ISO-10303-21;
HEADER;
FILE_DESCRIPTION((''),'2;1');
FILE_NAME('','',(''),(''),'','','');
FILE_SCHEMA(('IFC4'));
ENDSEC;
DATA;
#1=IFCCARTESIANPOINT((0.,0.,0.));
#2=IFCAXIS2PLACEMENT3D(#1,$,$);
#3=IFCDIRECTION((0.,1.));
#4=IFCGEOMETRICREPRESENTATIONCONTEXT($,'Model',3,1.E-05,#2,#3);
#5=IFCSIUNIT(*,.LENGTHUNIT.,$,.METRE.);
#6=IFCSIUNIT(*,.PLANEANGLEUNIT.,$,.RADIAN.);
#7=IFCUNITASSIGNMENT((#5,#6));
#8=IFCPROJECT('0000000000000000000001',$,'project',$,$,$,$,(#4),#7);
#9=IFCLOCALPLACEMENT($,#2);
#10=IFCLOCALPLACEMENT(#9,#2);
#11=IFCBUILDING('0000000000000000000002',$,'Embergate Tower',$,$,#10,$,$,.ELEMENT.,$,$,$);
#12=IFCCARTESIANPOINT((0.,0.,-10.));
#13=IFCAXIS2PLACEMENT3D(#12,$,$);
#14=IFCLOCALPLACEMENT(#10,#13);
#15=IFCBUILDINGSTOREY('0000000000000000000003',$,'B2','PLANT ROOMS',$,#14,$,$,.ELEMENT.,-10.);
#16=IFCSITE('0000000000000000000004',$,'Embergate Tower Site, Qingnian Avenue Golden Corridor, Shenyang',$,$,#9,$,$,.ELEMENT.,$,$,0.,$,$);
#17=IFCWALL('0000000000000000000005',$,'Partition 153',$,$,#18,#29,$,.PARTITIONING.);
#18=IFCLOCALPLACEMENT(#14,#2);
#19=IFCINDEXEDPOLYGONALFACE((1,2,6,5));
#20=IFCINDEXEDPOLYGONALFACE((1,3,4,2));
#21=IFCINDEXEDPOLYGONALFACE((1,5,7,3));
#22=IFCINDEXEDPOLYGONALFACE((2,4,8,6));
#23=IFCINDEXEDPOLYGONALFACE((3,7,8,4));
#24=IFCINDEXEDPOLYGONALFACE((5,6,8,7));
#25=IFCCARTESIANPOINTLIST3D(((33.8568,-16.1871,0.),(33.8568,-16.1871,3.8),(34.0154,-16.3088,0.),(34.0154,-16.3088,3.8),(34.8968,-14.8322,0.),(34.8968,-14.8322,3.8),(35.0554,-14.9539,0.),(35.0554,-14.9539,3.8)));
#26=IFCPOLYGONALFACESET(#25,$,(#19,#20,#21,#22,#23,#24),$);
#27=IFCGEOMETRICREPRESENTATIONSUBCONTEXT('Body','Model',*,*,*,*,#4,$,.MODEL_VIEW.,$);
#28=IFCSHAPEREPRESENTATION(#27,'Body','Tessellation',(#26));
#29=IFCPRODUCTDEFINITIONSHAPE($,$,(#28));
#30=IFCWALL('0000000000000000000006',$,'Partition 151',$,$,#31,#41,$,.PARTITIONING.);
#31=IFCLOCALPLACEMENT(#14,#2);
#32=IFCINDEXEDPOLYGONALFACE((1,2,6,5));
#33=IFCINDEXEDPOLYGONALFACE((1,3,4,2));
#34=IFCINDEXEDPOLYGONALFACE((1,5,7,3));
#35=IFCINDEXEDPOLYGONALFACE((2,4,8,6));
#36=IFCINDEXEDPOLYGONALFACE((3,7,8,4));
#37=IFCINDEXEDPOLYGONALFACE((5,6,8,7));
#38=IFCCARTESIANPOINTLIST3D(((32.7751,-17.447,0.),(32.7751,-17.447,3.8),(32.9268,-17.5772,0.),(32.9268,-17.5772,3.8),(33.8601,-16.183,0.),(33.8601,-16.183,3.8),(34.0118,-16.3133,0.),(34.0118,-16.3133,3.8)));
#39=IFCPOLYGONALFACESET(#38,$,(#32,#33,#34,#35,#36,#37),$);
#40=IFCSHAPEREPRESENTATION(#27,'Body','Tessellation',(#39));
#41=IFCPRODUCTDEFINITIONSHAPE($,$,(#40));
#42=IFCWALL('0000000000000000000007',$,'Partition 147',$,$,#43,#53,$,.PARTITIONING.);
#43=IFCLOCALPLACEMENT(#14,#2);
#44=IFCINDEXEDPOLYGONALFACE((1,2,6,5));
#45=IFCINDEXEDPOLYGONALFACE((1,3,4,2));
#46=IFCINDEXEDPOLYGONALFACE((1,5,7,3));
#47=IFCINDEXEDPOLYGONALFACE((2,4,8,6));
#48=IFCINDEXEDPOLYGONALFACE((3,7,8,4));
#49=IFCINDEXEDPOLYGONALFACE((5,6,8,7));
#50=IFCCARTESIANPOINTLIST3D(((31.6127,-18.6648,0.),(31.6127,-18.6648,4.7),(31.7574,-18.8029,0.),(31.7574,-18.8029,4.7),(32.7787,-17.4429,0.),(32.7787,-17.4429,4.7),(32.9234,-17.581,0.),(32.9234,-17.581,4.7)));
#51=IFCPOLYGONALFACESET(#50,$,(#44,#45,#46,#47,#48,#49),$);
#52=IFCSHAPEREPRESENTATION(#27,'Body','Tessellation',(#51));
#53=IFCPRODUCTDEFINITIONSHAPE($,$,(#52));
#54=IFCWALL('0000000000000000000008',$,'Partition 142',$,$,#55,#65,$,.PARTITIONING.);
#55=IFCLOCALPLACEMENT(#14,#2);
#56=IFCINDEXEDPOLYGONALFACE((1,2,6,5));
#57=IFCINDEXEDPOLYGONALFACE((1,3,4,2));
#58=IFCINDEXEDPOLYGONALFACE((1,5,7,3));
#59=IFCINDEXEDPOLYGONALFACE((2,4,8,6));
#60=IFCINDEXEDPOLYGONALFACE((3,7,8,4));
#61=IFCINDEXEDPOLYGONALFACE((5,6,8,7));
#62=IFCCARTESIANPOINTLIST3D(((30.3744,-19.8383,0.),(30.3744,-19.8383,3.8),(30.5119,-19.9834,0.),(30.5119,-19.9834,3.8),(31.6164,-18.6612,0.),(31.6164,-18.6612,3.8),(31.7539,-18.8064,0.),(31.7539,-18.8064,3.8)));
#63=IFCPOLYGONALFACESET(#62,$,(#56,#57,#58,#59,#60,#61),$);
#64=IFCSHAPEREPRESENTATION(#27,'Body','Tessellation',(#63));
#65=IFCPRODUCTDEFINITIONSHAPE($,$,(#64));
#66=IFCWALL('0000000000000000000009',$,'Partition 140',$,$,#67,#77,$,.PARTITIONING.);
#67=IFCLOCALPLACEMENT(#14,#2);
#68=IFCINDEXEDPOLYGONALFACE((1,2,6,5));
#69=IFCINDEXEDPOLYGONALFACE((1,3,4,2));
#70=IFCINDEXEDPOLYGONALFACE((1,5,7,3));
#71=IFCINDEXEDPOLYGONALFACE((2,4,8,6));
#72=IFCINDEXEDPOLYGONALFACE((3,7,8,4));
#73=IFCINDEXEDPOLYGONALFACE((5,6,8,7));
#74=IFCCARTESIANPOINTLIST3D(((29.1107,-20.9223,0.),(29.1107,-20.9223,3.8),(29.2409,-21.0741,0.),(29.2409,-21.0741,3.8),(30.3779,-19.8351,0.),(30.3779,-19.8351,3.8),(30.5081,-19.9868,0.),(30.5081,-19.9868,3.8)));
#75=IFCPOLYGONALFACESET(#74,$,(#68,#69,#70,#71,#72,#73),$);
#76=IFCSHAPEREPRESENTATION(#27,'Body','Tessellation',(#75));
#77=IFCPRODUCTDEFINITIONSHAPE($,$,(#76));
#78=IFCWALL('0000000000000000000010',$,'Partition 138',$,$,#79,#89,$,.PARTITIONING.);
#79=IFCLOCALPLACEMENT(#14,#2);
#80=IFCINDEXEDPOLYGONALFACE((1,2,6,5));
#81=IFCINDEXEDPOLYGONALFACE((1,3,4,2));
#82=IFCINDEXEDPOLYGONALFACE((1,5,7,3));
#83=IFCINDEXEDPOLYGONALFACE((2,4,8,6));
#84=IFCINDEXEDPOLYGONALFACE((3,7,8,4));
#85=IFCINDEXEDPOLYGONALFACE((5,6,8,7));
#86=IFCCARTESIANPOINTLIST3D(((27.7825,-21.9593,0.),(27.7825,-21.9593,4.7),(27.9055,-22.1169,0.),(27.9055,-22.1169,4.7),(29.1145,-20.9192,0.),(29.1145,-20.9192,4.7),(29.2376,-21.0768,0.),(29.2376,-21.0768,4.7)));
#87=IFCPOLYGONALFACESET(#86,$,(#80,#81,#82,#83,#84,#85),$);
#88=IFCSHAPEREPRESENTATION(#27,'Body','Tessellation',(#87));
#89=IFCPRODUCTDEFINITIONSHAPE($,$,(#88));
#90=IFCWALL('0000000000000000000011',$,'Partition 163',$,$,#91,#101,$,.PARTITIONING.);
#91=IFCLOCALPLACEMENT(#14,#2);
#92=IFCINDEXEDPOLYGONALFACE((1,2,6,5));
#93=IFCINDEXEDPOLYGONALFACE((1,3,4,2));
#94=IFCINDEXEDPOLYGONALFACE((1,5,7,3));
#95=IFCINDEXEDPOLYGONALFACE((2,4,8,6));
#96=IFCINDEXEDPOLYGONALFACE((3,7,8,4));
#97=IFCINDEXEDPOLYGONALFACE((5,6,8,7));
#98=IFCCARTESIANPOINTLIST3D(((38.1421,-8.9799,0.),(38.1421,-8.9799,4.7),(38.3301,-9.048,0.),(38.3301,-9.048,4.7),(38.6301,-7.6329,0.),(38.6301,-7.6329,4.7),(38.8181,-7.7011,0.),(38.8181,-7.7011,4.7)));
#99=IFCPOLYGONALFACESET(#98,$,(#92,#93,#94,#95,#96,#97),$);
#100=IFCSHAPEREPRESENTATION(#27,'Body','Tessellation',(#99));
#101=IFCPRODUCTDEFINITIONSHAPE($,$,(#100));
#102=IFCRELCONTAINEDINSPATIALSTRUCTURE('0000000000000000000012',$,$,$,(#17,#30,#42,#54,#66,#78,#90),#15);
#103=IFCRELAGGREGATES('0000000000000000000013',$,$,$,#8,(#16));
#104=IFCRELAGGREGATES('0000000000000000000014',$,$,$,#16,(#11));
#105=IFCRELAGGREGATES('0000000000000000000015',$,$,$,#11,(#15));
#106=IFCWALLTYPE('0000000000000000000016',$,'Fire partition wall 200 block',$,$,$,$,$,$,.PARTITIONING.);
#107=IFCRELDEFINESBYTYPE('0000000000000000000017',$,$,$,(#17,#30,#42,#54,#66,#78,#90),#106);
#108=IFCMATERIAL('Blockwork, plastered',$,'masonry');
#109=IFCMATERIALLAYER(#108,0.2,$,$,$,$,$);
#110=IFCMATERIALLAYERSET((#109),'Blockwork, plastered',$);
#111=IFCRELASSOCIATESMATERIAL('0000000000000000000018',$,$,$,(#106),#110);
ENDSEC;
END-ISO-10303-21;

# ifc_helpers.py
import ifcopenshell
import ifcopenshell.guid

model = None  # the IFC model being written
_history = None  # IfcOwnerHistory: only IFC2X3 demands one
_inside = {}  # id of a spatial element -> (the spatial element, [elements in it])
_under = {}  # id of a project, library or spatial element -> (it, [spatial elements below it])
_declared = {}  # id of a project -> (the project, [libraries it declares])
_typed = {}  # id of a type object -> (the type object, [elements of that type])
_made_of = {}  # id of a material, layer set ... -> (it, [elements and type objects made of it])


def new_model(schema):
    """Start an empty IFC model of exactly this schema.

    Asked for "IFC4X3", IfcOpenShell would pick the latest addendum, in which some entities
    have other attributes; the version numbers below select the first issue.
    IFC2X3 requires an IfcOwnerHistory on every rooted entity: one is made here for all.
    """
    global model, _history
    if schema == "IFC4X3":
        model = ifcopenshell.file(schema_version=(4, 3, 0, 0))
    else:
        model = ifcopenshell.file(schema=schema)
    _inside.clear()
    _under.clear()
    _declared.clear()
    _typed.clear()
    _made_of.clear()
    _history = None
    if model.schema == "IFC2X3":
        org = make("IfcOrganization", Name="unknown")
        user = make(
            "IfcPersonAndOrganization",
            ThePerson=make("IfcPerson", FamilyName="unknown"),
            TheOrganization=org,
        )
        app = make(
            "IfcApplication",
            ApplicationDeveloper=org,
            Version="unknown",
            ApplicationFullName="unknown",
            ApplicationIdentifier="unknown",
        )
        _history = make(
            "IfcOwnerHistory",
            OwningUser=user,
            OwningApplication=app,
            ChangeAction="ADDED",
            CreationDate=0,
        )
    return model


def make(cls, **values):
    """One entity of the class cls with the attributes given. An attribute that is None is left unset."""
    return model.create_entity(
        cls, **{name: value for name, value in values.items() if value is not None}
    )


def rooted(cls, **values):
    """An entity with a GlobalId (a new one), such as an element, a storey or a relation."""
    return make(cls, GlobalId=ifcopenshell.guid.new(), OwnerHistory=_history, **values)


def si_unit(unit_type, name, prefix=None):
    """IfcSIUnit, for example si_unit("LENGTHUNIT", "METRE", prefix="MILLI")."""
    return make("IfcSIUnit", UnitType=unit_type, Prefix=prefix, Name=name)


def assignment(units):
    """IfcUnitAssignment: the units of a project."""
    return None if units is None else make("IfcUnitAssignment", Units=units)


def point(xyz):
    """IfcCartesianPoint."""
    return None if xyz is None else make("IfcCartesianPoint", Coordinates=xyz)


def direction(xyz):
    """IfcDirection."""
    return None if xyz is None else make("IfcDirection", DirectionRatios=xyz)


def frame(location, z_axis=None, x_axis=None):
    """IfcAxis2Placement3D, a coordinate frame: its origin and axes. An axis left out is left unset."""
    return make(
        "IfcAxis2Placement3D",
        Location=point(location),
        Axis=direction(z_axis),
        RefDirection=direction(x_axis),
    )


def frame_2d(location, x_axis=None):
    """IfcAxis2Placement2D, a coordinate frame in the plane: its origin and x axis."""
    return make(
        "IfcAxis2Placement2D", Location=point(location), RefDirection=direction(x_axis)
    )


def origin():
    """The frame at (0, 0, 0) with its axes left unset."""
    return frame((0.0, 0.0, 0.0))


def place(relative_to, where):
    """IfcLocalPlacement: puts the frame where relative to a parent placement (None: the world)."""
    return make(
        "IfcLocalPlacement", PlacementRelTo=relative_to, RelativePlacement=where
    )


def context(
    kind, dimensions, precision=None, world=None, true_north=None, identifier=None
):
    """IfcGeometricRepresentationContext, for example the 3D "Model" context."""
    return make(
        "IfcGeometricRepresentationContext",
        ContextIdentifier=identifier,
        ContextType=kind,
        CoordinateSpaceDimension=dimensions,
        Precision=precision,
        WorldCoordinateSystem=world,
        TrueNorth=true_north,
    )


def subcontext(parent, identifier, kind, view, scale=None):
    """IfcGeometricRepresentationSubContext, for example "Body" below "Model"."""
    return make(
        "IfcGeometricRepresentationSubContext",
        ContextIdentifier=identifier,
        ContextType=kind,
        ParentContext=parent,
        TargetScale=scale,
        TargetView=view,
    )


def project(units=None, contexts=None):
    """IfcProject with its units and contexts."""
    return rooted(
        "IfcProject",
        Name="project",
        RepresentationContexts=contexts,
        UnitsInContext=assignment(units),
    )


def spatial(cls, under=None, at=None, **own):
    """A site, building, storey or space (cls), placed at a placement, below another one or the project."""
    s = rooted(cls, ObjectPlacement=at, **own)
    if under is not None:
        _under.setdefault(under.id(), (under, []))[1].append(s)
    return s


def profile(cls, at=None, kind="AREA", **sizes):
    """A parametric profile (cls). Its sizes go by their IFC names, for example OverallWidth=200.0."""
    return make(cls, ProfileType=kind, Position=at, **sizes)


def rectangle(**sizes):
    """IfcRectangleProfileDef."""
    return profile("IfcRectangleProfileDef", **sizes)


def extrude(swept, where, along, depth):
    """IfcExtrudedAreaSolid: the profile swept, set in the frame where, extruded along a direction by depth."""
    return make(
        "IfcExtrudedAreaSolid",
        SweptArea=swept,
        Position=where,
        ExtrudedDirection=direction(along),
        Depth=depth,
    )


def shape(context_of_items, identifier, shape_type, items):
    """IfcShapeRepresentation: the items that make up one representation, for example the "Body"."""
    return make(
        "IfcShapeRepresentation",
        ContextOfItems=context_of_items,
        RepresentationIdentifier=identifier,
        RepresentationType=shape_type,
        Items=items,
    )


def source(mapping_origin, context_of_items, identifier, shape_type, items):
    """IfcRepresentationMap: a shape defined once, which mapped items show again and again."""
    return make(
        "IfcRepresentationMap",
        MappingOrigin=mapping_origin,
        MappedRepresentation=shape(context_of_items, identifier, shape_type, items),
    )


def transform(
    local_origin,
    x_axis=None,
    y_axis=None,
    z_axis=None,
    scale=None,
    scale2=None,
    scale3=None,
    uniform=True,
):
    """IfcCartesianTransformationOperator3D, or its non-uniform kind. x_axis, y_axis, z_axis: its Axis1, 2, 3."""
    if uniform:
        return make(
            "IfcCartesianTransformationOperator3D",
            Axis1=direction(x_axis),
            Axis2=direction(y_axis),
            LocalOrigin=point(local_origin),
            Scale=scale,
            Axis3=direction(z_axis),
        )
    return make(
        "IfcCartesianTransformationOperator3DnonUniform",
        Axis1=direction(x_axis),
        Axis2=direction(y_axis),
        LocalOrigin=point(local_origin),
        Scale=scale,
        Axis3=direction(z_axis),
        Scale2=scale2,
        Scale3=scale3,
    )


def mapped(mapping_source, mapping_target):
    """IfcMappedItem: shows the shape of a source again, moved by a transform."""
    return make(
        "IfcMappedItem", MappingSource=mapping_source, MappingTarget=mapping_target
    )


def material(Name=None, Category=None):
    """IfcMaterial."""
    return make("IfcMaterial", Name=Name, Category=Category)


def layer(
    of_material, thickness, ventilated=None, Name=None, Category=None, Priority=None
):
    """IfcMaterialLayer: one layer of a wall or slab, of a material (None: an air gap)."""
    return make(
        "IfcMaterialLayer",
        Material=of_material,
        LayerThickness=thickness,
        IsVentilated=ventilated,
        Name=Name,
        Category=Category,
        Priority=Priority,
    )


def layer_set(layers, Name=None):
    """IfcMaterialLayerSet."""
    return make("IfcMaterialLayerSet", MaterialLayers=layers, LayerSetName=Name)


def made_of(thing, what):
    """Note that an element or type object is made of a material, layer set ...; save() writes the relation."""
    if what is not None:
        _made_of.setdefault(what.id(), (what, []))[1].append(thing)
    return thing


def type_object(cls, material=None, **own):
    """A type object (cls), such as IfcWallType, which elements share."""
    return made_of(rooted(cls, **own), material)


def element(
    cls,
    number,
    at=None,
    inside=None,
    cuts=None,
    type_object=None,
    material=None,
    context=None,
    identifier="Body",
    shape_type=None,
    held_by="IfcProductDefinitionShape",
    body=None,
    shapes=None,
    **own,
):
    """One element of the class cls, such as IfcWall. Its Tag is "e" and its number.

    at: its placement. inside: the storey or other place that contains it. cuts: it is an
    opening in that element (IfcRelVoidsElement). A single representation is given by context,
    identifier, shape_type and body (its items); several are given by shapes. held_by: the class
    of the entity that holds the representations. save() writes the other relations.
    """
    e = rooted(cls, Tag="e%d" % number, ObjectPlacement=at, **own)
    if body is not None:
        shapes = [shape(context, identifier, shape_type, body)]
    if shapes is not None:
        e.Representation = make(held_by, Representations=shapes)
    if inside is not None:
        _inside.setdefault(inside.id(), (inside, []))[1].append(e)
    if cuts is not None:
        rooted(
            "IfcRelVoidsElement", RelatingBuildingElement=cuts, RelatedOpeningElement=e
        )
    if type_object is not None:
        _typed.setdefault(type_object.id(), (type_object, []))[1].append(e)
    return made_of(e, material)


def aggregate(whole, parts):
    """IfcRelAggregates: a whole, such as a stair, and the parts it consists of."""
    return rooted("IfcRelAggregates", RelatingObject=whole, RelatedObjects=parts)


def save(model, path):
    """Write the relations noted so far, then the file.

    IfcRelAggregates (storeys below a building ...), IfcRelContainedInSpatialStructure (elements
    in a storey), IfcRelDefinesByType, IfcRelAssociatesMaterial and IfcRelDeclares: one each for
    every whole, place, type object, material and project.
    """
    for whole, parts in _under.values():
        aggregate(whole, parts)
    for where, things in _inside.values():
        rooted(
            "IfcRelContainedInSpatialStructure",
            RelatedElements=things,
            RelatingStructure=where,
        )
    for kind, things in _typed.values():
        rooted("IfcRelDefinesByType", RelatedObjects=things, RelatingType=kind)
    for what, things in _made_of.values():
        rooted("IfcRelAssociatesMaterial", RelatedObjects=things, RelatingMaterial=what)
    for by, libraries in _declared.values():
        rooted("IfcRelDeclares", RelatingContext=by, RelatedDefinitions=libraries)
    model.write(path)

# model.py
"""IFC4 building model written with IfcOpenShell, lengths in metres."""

from ifc_helpers import new_model, si_unit, direction, frame, frame_2d, origin, place, context, subcontext, project, spatial, rectangle, extrude, source, transform, mapped, material, layer, layer_set, type_object, element, save


model = new_model("IFC4")

# Units and contexts
model_context = context("Model", 3, precision=1e-05, world=origin(), true_north=direction((0.0, 1.0)))
body_context = subcontext(model_context, "Body", "Model", "MODEL_VIEW")
ifc_project = project(units=[si_unit("LENGTHUNIT", "METRE"), si_unit("PLANEANGLEUNIT", "RADIAN")], contexts=[model_context])

# Site, building, storey
site_placement = place(None, origin())
site = spatial("IfcSite", under=ifc_project, at=site_placement, Name="Embergate Tower Site, Qingnian Avenue Golden Corridor, Shenyang", CompositionType="ELEMENT", RefElevation=0.0)
building_placement = place(site_placement, origin())
building = spatial("IfcBuilding", under=site, at=building_placement, Name="Embergate Tower", CompositionType="ELEMENT")
storey_placement = place(building_placement, frame((0.0, 0.0, -10.0)))
storey = spatial("IfcBuildingStorey", under=building, at=storey_placement, Name="B2", Description="PLANT ROOMS", CompositionType="ELEMENT", Elevation=-10.0)

# Walls
ifc_material_1 = material(Name="Blockwork, plastered", Category="masonry")
ifc_layer = layer(ifc_material_1, 0.2)
ifc_layer_set = layer_set([ifc_layer], Name="Blockwork, plastered")
wall_type = type_object("IfcWallType", Name="Fire partition wall 200 block", PredefinedType="PARTITIONING", material=ifc_layer_set)
shared_shape_1 = source(origin(), body_context, "Body", "SweptSolid", [
    extrude(rectangle(XDim=1.708, YDim=0.2, at=frame_2d((0.854, 0.0))), origin(), (0.0, 0.0, 1.0), 3.8),
])
wall_1_placement = place(storey_placement, frame((34.9761, -14.8931, 0.0), z_axis=(0.0, 0.0, 1.0), x_axis=(-0.608882, -0.793261, 0.0)))
element("IfcWall", 1, at=wall_1_placement, inside=storey, type_object=wall_type, Name="Partition 153", PredefinedType="PARTITIONING", context=body_context, shape_type="MappedRepresentation", body=[
    mapped(shared_shape_1, transform((0.0, 0.0, 0.0))),
])
shared_shape_2 = source(origin(), body_context, "Body", "SweptSolid", [
    extrude(rectangle(XDim=1.6658, YDim=0.2, at=frame_2d((0.833, 0.0))), origin(), (0.0, 0.0, 1.0), 3.8),
])
wall_2_placement = place(storey_placement, frame((33.936, -16.248, 0.0), z_axis=(0.0, 0.0, 1.0), x_axis=(-0.651346, -0.75878, 0.0)))
element("IfcWall", 2, at=wall_2_placement, inside=storey, type_object=wall_type, Name="Partition 151", PredefinedType="PARTITIONING", context=body_context, shape_type="MappedRepresentation", body=[
    mapped(shared_shape_2, transform((0.0, 0.0, 0.0))),
])
shared_shape_3 = source(origin(), body_context, "Body", "SweptSolid", [
    extrude(rectangle(XDim=1.689, YDim=0.2, at=frame_2d((0.8445, 0.0))), origin(), (0.0, 0.0, 1.0), 4.7),
])
wall_3_placement = place(storey_placement, frame((32.8511, -17.512, 0.0), z_axis=(0.0, 0.0, 1.0), x_axis=(-0.690362, -0.723464, 0.0)))
element("IfcWall", 3, at=wall_3_placement, inside=storey, type_object=wall_type, Name="Partition 147", PredefinedType="PARTITIONING", context=body_context, shape_type="MappedRepresentation", body=[
    mapped(shared_shape_3, transform((0.0, 0.0, 0.0))),
])
shared_shape_4 = source(origin(), body_context, "Body", "SweptSolid", [
    extrude(rectangle(XDim=1.7112, YDim=0.2, at=frame_2d((0.8555, 0.0))), origin(), (0.0, 0.0, 1.0), 3.8),
])
wall_4_placement = place(storey_placement, frame((31.6851, -18.7339, 0.0), z_axis=(0.0, 0.0, 1.0), x_axis=(-0.725829, -0.687875, 0.0)))
element("IfcWall", 4, at=wall_4_placement, inside=storey, type_object=wall_type, Name="Partition 142", PredefinedType="PARTITIONING", context=body_context, shape_type="MappedRepresentation", body=[
    mapped(shared_shape_4, transform((0.0, 0.0, 0.0))),
])
shared_shape_5 = source(origin(), body_context, "Body", "SweptSolid", [
    extrude(rectangle(XDim=1.6697, YDim=0.2, at=frame_2d((0.835, 0.0))), origin(), (0.0, 0.0, 1.0), 3.8),
])
wall_5_placement = place(storey_placement, frame((30.4431, -19.9109, 0.0), z_axis=(0.0, 0.0, 1.0), x_axis=(-0.758937, -0.651165, 0.0)))
element("IfcWall", 5, at=wall_5_placement, inside=storey, type_object=wall_type, Name="Partition 140", PredefinedType="PARTITIONING", context=body_context, shape_type="MappedRepresentation", body=[
    mapped(shared_shape_5, transform((0.0, 0.0, 0.0))),
])
shared_shape_6 = source(origin(), body_context, "Body", "SweptSolid", [
    extrude(rectangle(XDim=1.6899, YDim=0.2, at=frame_2d((0.845, 0.0))), origin(), (0.0, 0.0, 1.0), 4.7),
])
wall_6_placement = place(storey_placement, frame((29.176, -20.998, 0.0), z_axis=(0.0, 0.0, 1.0), x_axis=(-0.7882, -0.61542, 0.0)))
element("IfcWall", 6, at=wall_6_placement, inside=storey, type_object=wall_type, Name="Partition 138", PredefinedType="PARTITIONING", context=body_context, shape_type="MappedRepresentation", body=[
    mapped(shared_shape_6, transform((0.0, 0.0, 0.0))),
])
shared_shape_7 = source(origin(), body_context, "Body", "SweptSolid", [
    extrude(rectangle(XDim=1.4326, YDim=0.2, at=frame_2d((0.7163, 0.0))), origin(), (0.0, 0.0, 1.0), 4.7),
])
wall_7_placement = place(storey_placement, frame((38.7241, -7.667, 0.0), z_axis=(0.0, 0.0, 1.0), x_axis=(-0.340662, -0.940186, 0.0)))
element("IfcWall", 7, at=wall_7_placement, inside=storey, type_object=wall_type, Name="Partition 163", PredefinedType="PARTITIONING", context=body_context, shape_type="MappedRepresentation", body=[
    mapped(shared_shape_7, transform((0.0, 0.0, 0.0))),
])

save(model, "model.ifc")
